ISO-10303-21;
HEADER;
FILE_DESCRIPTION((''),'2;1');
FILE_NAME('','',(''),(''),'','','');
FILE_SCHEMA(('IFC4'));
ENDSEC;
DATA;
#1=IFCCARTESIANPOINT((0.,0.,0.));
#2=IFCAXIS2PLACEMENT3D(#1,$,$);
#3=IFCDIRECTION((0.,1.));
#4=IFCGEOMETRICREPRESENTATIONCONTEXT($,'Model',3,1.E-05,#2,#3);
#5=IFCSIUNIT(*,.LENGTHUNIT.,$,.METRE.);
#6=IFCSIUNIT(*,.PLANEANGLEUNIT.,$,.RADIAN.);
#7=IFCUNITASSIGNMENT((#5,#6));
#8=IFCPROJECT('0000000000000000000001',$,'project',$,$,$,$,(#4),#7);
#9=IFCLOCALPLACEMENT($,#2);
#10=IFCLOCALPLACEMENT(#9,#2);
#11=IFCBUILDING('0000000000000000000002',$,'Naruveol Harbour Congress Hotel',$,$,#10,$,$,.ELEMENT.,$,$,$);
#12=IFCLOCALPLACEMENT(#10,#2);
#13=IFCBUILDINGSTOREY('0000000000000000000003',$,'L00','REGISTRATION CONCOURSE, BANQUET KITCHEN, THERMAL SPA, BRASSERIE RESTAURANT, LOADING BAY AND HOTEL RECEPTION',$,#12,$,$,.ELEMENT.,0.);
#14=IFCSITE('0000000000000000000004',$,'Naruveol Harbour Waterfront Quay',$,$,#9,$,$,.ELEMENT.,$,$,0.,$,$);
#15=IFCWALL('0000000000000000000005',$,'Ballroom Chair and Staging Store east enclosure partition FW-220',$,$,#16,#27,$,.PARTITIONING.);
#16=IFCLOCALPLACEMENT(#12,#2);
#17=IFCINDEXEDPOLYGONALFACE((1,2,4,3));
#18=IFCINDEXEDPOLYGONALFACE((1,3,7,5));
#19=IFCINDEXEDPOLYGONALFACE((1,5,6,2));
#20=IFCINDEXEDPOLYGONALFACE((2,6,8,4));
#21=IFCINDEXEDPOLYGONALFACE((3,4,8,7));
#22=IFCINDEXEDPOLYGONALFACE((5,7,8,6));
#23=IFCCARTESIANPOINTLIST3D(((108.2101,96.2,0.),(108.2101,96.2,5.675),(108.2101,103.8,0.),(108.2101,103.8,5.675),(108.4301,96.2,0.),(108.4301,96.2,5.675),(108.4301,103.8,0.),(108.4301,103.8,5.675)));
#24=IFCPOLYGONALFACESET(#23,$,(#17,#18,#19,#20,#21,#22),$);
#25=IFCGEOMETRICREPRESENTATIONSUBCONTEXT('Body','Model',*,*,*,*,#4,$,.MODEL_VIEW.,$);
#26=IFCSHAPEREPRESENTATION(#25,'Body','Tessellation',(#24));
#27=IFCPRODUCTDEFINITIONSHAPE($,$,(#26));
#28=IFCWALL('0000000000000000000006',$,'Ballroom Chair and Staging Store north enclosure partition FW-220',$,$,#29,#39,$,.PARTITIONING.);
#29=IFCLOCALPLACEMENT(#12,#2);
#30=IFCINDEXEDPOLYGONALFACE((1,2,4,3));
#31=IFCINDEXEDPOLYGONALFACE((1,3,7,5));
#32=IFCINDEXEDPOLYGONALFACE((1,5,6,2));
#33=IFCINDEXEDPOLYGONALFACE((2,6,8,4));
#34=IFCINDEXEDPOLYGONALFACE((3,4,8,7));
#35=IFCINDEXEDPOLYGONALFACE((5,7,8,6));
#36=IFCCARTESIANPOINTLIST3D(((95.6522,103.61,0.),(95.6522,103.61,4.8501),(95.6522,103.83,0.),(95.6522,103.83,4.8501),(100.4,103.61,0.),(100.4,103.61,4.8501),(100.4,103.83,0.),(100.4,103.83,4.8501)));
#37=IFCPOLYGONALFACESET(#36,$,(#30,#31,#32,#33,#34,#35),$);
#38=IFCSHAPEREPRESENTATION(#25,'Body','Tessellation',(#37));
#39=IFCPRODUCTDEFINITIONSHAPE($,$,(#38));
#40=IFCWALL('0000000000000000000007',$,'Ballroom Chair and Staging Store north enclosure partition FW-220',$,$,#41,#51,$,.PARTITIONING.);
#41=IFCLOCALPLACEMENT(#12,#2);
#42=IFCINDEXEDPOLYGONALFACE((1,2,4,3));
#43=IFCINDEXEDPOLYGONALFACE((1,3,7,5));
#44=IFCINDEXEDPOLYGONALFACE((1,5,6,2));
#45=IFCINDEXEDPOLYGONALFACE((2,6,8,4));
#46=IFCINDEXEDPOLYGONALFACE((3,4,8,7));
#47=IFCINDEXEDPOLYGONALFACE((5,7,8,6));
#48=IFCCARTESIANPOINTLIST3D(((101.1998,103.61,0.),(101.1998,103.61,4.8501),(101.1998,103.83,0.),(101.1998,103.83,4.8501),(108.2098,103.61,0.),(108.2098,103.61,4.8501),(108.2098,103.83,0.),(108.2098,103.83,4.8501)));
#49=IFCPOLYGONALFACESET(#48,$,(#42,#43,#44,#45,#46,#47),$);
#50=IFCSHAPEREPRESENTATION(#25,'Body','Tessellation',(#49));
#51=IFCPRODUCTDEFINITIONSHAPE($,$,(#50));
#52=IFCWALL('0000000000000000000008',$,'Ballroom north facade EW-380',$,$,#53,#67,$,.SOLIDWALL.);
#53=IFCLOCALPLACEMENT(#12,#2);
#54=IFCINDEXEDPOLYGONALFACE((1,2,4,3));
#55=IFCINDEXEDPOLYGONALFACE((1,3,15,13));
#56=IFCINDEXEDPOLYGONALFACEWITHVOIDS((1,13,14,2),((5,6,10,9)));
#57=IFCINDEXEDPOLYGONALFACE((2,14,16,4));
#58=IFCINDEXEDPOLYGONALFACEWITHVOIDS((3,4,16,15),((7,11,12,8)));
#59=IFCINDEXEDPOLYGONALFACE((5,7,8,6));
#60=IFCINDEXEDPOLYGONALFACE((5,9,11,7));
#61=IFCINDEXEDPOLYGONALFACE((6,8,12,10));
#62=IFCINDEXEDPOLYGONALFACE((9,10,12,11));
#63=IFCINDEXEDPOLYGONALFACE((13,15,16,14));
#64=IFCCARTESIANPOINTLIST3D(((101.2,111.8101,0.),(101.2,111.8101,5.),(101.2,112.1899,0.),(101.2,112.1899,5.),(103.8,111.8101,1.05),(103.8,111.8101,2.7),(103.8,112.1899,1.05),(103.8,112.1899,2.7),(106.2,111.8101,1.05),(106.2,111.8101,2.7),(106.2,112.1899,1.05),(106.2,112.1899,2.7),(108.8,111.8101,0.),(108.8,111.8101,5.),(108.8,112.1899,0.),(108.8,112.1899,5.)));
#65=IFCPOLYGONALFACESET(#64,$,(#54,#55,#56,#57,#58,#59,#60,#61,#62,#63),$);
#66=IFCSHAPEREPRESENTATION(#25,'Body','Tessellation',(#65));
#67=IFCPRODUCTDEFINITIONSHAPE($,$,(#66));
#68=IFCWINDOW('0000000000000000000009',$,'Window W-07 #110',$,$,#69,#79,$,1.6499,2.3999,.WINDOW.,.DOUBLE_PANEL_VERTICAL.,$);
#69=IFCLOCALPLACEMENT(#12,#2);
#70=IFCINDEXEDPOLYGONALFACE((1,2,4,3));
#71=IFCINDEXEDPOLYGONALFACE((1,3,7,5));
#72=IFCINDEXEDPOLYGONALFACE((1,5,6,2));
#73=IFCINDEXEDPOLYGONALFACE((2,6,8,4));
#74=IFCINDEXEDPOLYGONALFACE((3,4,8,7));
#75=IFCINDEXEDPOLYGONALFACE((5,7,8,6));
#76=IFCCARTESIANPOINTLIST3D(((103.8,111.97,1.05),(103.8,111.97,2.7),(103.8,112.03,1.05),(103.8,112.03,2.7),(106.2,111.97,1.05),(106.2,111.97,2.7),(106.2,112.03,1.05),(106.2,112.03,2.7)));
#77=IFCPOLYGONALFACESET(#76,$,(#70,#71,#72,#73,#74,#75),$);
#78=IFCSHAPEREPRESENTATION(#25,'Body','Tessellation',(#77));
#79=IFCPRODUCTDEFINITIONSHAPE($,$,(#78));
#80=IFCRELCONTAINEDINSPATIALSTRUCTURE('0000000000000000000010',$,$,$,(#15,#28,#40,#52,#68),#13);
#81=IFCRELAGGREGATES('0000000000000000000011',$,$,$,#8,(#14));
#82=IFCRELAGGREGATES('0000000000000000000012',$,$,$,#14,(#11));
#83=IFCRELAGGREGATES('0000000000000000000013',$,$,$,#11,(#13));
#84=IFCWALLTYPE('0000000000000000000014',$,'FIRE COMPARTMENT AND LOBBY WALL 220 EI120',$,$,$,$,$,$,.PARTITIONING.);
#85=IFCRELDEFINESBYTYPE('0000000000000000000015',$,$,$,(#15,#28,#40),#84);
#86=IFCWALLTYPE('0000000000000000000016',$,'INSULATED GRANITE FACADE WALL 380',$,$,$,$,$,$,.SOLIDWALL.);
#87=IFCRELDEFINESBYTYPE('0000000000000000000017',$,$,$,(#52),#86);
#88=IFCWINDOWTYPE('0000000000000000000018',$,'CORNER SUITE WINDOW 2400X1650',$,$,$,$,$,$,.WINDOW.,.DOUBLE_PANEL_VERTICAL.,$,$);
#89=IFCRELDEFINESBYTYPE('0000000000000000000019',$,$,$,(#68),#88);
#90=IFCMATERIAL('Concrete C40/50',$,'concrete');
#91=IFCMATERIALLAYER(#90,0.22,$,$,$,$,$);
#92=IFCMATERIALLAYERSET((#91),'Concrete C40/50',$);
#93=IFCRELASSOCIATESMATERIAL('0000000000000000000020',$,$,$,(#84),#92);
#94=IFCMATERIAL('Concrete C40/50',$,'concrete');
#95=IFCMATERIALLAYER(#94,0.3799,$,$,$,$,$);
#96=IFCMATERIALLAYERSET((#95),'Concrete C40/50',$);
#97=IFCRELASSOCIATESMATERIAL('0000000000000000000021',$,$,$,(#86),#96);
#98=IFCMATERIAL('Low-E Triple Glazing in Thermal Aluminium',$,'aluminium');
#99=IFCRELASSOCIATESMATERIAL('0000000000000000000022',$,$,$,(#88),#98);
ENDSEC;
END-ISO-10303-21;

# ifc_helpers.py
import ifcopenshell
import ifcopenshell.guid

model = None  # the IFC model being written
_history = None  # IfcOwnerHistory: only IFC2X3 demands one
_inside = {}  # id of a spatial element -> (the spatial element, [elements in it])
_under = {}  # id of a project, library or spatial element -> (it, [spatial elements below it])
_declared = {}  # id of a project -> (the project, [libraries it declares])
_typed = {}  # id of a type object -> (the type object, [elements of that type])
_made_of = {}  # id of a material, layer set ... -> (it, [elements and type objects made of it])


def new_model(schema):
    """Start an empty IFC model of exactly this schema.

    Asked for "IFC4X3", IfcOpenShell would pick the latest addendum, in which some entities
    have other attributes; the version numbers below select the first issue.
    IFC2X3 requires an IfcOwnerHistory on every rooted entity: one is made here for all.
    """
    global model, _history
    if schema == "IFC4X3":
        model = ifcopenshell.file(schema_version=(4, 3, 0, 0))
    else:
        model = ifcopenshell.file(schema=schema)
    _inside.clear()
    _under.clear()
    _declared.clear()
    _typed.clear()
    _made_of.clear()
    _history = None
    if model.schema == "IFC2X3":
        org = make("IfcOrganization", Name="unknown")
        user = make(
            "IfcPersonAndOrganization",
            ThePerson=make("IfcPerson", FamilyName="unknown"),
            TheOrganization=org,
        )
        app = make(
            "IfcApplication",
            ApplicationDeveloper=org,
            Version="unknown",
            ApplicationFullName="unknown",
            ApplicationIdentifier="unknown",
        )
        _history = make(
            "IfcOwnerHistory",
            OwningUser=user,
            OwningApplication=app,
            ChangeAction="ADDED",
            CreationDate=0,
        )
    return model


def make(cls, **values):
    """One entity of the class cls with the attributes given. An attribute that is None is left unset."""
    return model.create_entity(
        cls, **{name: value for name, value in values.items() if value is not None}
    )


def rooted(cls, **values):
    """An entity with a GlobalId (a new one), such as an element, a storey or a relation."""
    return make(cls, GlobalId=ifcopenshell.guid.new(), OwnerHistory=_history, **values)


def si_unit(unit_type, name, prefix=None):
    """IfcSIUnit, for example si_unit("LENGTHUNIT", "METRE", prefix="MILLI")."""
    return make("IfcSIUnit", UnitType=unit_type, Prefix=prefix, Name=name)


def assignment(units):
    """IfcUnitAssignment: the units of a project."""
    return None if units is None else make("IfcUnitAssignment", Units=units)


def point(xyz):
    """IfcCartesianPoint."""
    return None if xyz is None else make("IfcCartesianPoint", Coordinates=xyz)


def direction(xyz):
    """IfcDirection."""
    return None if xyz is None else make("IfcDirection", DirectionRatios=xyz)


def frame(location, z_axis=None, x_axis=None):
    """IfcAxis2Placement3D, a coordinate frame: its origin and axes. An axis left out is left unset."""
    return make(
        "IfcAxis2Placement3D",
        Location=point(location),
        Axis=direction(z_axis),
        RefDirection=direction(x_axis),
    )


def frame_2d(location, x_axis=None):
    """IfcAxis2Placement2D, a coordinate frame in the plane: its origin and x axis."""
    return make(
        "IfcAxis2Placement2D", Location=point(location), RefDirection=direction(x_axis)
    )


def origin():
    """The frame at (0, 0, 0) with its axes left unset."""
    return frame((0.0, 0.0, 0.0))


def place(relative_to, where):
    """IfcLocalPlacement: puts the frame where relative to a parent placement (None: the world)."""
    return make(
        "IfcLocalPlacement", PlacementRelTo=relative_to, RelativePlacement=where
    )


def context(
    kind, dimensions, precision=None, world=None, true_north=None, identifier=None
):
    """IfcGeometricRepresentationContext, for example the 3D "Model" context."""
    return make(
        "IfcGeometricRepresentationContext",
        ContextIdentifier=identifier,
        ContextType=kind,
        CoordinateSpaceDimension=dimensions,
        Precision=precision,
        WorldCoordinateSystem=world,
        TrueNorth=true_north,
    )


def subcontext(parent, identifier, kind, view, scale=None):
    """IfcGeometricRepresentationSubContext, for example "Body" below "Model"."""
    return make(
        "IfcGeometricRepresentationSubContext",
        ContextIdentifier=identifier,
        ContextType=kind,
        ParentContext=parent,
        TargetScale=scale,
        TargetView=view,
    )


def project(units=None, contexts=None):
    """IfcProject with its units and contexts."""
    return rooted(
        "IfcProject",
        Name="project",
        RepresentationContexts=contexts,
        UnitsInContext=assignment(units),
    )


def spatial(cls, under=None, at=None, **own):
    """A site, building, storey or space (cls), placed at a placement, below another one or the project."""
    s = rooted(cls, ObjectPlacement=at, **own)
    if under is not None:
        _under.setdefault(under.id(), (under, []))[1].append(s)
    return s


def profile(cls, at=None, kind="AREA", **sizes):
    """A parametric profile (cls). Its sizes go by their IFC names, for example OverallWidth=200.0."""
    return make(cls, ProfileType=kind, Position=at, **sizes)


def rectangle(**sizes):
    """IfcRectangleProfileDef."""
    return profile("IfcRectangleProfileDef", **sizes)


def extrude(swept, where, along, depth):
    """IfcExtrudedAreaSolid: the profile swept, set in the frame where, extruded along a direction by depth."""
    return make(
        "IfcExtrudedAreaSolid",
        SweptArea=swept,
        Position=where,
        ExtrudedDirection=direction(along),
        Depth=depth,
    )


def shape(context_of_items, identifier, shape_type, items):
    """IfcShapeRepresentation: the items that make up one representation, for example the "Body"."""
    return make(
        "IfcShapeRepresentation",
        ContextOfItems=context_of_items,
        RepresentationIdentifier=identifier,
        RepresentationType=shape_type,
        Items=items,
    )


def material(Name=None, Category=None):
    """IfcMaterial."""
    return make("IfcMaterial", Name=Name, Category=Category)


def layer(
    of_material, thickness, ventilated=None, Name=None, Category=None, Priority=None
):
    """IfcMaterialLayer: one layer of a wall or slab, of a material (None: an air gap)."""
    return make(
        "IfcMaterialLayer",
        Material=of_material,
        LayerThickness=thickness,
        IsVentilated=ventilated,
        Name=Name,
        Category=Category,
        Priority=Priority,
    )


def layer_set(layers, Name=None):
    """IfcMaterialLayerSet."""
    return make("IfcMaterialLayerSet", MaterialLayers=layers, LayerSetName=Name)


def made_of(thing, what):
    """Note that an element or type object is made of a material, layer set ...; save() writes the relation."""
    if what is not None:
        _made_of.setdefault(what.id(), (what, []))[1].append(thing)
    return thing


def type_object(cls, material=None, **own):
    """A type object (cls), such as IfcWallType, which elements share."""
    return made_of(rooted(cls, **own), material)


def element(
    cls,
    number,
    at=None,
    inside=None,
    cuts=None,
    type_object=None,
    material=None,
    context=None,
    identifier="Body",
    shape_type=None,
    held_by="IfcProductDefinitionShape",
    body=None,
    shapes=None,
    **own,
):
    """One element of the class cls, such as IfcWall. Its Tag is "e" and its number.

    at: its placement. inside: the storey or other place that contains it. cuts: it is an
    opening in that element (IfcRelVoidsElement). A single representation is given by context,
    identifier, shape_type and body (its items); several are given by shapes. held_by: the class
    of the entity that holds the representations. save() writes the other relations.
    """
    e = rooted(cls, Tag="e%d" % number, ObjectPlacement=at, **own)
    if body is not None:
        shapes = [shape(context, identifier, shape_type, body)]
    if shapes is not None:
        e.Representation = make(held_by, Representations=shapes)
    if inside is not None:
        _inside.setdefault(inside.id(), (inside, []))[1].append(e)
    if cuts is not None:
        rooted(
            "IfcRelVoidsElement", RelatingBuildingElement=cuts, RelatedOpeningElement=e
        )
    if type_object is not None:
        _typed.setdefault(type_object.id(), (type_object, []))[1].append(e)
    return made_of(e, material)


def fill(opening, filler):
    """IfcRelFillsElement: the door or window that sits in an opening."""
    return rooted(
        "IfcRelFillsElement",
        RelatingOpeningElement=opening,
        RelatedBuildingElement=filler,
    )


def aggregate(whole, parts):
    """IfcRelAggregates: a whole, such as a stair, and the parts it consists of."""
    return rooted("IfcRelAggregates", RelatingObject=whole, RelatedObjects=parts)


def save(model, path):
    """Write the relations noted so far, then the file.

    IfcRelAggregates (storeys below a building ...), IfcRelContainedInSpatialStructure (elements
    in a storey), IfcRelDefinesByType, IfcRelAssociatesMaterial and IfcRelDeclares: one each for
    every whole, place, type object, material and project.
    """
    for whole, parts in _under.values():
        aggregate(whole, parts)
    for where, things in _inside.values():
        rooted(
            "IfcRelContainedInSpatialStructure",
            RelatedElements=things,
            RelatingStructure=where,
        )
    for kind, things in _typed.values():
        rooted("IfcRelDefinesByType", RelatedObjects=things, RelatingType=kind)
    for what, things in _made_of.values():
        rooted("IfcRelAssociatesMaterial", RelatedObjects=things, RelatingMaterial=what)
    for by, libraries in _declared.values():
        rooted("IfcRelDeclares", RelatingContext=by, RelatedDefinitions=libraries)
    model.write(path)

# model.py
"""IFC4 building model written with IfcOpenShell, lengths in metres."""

from ifc_helpers import new_model, si_unit, direction, frame, frame_2d, origin, place, context, subcontext, project, spatial, rectangle, extrude, material, layer, layer_set, type_object, element, fill, save


model = new_model("IFC4")

# Units and contexts
model_context = context("Model", 3, precision=1e-05, world=origin(), true_north=direction((0.0, 1.0)))
body_context = subcontext(model_context, "Body", "Model", "MODEL_VIEW")
ifc_project = project(units=[si_unit("LENGTHUNIT", "METRE"), si_unit("PLANEANGLEUNIT", "RADIAN")], contexts=[model_context])

# Site, building, storey
site_placement = place(None, origin())
site = spatial("IfcSite", under=ifc_project, at=site_placement, Name="Naruveol Harbour Waterfront Quay", CompositionType="ELEMENT", RefElevation=0.0)
building_placement = place(site_placement, origin())
building = spatial("IfcBuilding", under=site, at=building_placement, Name="Naruveol Harbour Congress Hotel", CompositionType="ELEMENT")
storey_placement = place(building_placement, origin())
storey = spatial("IfcBuildingStorey", under=building, at=storey_placement, Name="L00", Description="REGISTRATION CONCOURSE, BANQUET KITCHEN, THERMAL SPA, BRASSERIE RESTAURANT, LOADING BAY AND HOTEL RECEPTION", CompositionType="ELEMENT", Elevation=0.0)

# Shared definitions
ifc_material_1 = material(Name="Concrete C40/50", Category="concrete")
ifc_layer_1 = layer(ifc_material_1, 0.22)
ifc_layer_set_1 = layer_set([ifc_layer_1], Name="Concrete C40/50")
wall_type_1 = type_object("IfcWallType", Name="FIRE COMPARTMENT AND LOBBY WALL 220 EI120", PredefinedType="PARTITIONING", material=ifc_layer_set_1)

# Walls
wall_1_placement = place(storey_placement, frame((108.3201, 96.2, 0.0), z_axis=(0.0, 0.0, 1.0), x_axis=(0.0, 1.0, 0.0)))
element("IfcWall", 1, at=wall_1_placement, inside=storey, type_object=wall_type_1, Name="Ballroom Chair and Staging Store east enclosure partition FW-220", PredefinedType="PARTITIONING", context=body_context, shape_type="SweptSolid", body=[
    extrude(rectangle(XDim=7.6001, YDim=0.22, at=frame_2d((3.8, 0.0))), origin(), (0.0, 0.0, 1.0), 5.675),
])
wall_2_placement = place(storey_placement, frame((95.6521, 103.72, 0.0), z_axis=(0.0, 0.0, 1.0), x_axis=(1.0, 0.0, 0.0)))
element("IfcWall", 2, at=wall_2_placement, inside=storey, type_object=wall_type_1, Name="Ballroom Chair and Staging Store north enclosure partition FW-220", PredefinedType="PARTITIONING", context=body_context, shape_type="SweptSolid", body=[
    extrude(rectangle(XDim=4.7478, YDim=0.22, at=frame_2d((2.374, 0.0))), origin(), (0.0, 0.0, 1.0), 4.8501),
])
wall_3_placement = place(storey_placement, frame((101.2, 103.72, 0.0), z_axis=(0.0, 0.0, 1.0), x_axis=(1.0, 0.0, 0.0)))
element("IfcWall", 3, at=wall_3_placement, inside=storey, type_object=wall_type_1, Name="Ballroom Chair and Staging Store north enclosure partition FW-220", PredefinedType="PARTITIONING", context=body_context, shape_type="SweptSolid", body=[
    extrude(rectangle(XDim=7.01, YDim=0.22, at=frame_2d((3.5049, 0.0))), origin(), (0.0, 0.0, 1.0), 4.8501),
])

# Wall, opening, window
ifc_material_2 = material(Name="Concrete C40/50", Category="concrete")
ifc_layer_2 = layer(ifc_material_2, 0.3799)
ifc_layer_set_2 = layer_set([ifc_layer_2], Name="Concrete C40/50")
wall_type_2 = type_object("IfcWallType", Name="INSULATED GRANITE FACADE WALL 380", PredefinedType="SOLIDWALL", material=ifc_layer_set_2)
wall_4_placement = place(storey_placement, frame((101.2, 112.0, 0.0), z_axis=(0.0, 0.0, 1.0), x_axis=(1.0, 0.0, 0.0)))
wall_4 = element("IfcWall", 4, at=wall_4_placement, inside=storey, type_object=wall_type_2, Name="Ballroom north facade EW-380", PredefinedType="SOLIDWALL", context=body_context, shape_type="SweptSolid", body=[
    extrude(rectangle(XDim=7.6001, YDim=0.3799, at=frame_2d((3.8, 0.0))), origin(), (0.0, 0.0, 1.0), 5.0),
])
opening_1_placement = place(wall_4_placement, frame((2.6001, 0.0, 1.05)))
opening_1 = element("IfcOpeningElement", 5, at=opening_1_placement, cuts=wall_4, PredefinedType="OPENING", context=body_context, shape_type="SweptSolid", body=[
    extrude(rectangle(XDim=2.3999, YDim=1.6499, at=frame_2d((1.2, 0.825))), frame((0.0, 0.2, 0.0), z_axis=(0.0, -1.0, 0.0), x_axis=(1.0, 0.0, 0.0)), (0.0, 0.0, 1.0), 0.3999),
])
ifc_material_3 = material(Name="Low-E Triple Glazing in Thermal Aluminium", Category="aluminium")
window_type = type_object("IfcWindowType", Name="CORNER SUITE WINDOW 2400X1650", PartitioningType="DOUBLE_PANEL_VERTICAL", PredefinedType="WINDOW", material=ifc_material_3)
window_placement = place(opening_1_placement, origin())
window = element("IfcWindow", 6, at=window_placement, inside=storey, type_object=window_type, Name="Window W-07 #110", OverallHeight=1.6499, OverallWidth=2.3999, PartitioningType="DOUBLE_PANEL_VERTICAL", PredefinedType="WINDOW", context=body_context, shape_type="SweptSolid", body=[
    extrude(rectangle(XDim=2.3999, YDim=1.6499, at=frame_2d((1.2, 0.825))), frame((0.0, 0.03, 0.0), z_axis=(0.0, -1.0, 0.0), x_axis=(1.0, 0.0, 0.0)), (0.0, 0.0, 1.0), 0.0601),
])
fill(opening_1, window)

save(model, "model.ifc")
